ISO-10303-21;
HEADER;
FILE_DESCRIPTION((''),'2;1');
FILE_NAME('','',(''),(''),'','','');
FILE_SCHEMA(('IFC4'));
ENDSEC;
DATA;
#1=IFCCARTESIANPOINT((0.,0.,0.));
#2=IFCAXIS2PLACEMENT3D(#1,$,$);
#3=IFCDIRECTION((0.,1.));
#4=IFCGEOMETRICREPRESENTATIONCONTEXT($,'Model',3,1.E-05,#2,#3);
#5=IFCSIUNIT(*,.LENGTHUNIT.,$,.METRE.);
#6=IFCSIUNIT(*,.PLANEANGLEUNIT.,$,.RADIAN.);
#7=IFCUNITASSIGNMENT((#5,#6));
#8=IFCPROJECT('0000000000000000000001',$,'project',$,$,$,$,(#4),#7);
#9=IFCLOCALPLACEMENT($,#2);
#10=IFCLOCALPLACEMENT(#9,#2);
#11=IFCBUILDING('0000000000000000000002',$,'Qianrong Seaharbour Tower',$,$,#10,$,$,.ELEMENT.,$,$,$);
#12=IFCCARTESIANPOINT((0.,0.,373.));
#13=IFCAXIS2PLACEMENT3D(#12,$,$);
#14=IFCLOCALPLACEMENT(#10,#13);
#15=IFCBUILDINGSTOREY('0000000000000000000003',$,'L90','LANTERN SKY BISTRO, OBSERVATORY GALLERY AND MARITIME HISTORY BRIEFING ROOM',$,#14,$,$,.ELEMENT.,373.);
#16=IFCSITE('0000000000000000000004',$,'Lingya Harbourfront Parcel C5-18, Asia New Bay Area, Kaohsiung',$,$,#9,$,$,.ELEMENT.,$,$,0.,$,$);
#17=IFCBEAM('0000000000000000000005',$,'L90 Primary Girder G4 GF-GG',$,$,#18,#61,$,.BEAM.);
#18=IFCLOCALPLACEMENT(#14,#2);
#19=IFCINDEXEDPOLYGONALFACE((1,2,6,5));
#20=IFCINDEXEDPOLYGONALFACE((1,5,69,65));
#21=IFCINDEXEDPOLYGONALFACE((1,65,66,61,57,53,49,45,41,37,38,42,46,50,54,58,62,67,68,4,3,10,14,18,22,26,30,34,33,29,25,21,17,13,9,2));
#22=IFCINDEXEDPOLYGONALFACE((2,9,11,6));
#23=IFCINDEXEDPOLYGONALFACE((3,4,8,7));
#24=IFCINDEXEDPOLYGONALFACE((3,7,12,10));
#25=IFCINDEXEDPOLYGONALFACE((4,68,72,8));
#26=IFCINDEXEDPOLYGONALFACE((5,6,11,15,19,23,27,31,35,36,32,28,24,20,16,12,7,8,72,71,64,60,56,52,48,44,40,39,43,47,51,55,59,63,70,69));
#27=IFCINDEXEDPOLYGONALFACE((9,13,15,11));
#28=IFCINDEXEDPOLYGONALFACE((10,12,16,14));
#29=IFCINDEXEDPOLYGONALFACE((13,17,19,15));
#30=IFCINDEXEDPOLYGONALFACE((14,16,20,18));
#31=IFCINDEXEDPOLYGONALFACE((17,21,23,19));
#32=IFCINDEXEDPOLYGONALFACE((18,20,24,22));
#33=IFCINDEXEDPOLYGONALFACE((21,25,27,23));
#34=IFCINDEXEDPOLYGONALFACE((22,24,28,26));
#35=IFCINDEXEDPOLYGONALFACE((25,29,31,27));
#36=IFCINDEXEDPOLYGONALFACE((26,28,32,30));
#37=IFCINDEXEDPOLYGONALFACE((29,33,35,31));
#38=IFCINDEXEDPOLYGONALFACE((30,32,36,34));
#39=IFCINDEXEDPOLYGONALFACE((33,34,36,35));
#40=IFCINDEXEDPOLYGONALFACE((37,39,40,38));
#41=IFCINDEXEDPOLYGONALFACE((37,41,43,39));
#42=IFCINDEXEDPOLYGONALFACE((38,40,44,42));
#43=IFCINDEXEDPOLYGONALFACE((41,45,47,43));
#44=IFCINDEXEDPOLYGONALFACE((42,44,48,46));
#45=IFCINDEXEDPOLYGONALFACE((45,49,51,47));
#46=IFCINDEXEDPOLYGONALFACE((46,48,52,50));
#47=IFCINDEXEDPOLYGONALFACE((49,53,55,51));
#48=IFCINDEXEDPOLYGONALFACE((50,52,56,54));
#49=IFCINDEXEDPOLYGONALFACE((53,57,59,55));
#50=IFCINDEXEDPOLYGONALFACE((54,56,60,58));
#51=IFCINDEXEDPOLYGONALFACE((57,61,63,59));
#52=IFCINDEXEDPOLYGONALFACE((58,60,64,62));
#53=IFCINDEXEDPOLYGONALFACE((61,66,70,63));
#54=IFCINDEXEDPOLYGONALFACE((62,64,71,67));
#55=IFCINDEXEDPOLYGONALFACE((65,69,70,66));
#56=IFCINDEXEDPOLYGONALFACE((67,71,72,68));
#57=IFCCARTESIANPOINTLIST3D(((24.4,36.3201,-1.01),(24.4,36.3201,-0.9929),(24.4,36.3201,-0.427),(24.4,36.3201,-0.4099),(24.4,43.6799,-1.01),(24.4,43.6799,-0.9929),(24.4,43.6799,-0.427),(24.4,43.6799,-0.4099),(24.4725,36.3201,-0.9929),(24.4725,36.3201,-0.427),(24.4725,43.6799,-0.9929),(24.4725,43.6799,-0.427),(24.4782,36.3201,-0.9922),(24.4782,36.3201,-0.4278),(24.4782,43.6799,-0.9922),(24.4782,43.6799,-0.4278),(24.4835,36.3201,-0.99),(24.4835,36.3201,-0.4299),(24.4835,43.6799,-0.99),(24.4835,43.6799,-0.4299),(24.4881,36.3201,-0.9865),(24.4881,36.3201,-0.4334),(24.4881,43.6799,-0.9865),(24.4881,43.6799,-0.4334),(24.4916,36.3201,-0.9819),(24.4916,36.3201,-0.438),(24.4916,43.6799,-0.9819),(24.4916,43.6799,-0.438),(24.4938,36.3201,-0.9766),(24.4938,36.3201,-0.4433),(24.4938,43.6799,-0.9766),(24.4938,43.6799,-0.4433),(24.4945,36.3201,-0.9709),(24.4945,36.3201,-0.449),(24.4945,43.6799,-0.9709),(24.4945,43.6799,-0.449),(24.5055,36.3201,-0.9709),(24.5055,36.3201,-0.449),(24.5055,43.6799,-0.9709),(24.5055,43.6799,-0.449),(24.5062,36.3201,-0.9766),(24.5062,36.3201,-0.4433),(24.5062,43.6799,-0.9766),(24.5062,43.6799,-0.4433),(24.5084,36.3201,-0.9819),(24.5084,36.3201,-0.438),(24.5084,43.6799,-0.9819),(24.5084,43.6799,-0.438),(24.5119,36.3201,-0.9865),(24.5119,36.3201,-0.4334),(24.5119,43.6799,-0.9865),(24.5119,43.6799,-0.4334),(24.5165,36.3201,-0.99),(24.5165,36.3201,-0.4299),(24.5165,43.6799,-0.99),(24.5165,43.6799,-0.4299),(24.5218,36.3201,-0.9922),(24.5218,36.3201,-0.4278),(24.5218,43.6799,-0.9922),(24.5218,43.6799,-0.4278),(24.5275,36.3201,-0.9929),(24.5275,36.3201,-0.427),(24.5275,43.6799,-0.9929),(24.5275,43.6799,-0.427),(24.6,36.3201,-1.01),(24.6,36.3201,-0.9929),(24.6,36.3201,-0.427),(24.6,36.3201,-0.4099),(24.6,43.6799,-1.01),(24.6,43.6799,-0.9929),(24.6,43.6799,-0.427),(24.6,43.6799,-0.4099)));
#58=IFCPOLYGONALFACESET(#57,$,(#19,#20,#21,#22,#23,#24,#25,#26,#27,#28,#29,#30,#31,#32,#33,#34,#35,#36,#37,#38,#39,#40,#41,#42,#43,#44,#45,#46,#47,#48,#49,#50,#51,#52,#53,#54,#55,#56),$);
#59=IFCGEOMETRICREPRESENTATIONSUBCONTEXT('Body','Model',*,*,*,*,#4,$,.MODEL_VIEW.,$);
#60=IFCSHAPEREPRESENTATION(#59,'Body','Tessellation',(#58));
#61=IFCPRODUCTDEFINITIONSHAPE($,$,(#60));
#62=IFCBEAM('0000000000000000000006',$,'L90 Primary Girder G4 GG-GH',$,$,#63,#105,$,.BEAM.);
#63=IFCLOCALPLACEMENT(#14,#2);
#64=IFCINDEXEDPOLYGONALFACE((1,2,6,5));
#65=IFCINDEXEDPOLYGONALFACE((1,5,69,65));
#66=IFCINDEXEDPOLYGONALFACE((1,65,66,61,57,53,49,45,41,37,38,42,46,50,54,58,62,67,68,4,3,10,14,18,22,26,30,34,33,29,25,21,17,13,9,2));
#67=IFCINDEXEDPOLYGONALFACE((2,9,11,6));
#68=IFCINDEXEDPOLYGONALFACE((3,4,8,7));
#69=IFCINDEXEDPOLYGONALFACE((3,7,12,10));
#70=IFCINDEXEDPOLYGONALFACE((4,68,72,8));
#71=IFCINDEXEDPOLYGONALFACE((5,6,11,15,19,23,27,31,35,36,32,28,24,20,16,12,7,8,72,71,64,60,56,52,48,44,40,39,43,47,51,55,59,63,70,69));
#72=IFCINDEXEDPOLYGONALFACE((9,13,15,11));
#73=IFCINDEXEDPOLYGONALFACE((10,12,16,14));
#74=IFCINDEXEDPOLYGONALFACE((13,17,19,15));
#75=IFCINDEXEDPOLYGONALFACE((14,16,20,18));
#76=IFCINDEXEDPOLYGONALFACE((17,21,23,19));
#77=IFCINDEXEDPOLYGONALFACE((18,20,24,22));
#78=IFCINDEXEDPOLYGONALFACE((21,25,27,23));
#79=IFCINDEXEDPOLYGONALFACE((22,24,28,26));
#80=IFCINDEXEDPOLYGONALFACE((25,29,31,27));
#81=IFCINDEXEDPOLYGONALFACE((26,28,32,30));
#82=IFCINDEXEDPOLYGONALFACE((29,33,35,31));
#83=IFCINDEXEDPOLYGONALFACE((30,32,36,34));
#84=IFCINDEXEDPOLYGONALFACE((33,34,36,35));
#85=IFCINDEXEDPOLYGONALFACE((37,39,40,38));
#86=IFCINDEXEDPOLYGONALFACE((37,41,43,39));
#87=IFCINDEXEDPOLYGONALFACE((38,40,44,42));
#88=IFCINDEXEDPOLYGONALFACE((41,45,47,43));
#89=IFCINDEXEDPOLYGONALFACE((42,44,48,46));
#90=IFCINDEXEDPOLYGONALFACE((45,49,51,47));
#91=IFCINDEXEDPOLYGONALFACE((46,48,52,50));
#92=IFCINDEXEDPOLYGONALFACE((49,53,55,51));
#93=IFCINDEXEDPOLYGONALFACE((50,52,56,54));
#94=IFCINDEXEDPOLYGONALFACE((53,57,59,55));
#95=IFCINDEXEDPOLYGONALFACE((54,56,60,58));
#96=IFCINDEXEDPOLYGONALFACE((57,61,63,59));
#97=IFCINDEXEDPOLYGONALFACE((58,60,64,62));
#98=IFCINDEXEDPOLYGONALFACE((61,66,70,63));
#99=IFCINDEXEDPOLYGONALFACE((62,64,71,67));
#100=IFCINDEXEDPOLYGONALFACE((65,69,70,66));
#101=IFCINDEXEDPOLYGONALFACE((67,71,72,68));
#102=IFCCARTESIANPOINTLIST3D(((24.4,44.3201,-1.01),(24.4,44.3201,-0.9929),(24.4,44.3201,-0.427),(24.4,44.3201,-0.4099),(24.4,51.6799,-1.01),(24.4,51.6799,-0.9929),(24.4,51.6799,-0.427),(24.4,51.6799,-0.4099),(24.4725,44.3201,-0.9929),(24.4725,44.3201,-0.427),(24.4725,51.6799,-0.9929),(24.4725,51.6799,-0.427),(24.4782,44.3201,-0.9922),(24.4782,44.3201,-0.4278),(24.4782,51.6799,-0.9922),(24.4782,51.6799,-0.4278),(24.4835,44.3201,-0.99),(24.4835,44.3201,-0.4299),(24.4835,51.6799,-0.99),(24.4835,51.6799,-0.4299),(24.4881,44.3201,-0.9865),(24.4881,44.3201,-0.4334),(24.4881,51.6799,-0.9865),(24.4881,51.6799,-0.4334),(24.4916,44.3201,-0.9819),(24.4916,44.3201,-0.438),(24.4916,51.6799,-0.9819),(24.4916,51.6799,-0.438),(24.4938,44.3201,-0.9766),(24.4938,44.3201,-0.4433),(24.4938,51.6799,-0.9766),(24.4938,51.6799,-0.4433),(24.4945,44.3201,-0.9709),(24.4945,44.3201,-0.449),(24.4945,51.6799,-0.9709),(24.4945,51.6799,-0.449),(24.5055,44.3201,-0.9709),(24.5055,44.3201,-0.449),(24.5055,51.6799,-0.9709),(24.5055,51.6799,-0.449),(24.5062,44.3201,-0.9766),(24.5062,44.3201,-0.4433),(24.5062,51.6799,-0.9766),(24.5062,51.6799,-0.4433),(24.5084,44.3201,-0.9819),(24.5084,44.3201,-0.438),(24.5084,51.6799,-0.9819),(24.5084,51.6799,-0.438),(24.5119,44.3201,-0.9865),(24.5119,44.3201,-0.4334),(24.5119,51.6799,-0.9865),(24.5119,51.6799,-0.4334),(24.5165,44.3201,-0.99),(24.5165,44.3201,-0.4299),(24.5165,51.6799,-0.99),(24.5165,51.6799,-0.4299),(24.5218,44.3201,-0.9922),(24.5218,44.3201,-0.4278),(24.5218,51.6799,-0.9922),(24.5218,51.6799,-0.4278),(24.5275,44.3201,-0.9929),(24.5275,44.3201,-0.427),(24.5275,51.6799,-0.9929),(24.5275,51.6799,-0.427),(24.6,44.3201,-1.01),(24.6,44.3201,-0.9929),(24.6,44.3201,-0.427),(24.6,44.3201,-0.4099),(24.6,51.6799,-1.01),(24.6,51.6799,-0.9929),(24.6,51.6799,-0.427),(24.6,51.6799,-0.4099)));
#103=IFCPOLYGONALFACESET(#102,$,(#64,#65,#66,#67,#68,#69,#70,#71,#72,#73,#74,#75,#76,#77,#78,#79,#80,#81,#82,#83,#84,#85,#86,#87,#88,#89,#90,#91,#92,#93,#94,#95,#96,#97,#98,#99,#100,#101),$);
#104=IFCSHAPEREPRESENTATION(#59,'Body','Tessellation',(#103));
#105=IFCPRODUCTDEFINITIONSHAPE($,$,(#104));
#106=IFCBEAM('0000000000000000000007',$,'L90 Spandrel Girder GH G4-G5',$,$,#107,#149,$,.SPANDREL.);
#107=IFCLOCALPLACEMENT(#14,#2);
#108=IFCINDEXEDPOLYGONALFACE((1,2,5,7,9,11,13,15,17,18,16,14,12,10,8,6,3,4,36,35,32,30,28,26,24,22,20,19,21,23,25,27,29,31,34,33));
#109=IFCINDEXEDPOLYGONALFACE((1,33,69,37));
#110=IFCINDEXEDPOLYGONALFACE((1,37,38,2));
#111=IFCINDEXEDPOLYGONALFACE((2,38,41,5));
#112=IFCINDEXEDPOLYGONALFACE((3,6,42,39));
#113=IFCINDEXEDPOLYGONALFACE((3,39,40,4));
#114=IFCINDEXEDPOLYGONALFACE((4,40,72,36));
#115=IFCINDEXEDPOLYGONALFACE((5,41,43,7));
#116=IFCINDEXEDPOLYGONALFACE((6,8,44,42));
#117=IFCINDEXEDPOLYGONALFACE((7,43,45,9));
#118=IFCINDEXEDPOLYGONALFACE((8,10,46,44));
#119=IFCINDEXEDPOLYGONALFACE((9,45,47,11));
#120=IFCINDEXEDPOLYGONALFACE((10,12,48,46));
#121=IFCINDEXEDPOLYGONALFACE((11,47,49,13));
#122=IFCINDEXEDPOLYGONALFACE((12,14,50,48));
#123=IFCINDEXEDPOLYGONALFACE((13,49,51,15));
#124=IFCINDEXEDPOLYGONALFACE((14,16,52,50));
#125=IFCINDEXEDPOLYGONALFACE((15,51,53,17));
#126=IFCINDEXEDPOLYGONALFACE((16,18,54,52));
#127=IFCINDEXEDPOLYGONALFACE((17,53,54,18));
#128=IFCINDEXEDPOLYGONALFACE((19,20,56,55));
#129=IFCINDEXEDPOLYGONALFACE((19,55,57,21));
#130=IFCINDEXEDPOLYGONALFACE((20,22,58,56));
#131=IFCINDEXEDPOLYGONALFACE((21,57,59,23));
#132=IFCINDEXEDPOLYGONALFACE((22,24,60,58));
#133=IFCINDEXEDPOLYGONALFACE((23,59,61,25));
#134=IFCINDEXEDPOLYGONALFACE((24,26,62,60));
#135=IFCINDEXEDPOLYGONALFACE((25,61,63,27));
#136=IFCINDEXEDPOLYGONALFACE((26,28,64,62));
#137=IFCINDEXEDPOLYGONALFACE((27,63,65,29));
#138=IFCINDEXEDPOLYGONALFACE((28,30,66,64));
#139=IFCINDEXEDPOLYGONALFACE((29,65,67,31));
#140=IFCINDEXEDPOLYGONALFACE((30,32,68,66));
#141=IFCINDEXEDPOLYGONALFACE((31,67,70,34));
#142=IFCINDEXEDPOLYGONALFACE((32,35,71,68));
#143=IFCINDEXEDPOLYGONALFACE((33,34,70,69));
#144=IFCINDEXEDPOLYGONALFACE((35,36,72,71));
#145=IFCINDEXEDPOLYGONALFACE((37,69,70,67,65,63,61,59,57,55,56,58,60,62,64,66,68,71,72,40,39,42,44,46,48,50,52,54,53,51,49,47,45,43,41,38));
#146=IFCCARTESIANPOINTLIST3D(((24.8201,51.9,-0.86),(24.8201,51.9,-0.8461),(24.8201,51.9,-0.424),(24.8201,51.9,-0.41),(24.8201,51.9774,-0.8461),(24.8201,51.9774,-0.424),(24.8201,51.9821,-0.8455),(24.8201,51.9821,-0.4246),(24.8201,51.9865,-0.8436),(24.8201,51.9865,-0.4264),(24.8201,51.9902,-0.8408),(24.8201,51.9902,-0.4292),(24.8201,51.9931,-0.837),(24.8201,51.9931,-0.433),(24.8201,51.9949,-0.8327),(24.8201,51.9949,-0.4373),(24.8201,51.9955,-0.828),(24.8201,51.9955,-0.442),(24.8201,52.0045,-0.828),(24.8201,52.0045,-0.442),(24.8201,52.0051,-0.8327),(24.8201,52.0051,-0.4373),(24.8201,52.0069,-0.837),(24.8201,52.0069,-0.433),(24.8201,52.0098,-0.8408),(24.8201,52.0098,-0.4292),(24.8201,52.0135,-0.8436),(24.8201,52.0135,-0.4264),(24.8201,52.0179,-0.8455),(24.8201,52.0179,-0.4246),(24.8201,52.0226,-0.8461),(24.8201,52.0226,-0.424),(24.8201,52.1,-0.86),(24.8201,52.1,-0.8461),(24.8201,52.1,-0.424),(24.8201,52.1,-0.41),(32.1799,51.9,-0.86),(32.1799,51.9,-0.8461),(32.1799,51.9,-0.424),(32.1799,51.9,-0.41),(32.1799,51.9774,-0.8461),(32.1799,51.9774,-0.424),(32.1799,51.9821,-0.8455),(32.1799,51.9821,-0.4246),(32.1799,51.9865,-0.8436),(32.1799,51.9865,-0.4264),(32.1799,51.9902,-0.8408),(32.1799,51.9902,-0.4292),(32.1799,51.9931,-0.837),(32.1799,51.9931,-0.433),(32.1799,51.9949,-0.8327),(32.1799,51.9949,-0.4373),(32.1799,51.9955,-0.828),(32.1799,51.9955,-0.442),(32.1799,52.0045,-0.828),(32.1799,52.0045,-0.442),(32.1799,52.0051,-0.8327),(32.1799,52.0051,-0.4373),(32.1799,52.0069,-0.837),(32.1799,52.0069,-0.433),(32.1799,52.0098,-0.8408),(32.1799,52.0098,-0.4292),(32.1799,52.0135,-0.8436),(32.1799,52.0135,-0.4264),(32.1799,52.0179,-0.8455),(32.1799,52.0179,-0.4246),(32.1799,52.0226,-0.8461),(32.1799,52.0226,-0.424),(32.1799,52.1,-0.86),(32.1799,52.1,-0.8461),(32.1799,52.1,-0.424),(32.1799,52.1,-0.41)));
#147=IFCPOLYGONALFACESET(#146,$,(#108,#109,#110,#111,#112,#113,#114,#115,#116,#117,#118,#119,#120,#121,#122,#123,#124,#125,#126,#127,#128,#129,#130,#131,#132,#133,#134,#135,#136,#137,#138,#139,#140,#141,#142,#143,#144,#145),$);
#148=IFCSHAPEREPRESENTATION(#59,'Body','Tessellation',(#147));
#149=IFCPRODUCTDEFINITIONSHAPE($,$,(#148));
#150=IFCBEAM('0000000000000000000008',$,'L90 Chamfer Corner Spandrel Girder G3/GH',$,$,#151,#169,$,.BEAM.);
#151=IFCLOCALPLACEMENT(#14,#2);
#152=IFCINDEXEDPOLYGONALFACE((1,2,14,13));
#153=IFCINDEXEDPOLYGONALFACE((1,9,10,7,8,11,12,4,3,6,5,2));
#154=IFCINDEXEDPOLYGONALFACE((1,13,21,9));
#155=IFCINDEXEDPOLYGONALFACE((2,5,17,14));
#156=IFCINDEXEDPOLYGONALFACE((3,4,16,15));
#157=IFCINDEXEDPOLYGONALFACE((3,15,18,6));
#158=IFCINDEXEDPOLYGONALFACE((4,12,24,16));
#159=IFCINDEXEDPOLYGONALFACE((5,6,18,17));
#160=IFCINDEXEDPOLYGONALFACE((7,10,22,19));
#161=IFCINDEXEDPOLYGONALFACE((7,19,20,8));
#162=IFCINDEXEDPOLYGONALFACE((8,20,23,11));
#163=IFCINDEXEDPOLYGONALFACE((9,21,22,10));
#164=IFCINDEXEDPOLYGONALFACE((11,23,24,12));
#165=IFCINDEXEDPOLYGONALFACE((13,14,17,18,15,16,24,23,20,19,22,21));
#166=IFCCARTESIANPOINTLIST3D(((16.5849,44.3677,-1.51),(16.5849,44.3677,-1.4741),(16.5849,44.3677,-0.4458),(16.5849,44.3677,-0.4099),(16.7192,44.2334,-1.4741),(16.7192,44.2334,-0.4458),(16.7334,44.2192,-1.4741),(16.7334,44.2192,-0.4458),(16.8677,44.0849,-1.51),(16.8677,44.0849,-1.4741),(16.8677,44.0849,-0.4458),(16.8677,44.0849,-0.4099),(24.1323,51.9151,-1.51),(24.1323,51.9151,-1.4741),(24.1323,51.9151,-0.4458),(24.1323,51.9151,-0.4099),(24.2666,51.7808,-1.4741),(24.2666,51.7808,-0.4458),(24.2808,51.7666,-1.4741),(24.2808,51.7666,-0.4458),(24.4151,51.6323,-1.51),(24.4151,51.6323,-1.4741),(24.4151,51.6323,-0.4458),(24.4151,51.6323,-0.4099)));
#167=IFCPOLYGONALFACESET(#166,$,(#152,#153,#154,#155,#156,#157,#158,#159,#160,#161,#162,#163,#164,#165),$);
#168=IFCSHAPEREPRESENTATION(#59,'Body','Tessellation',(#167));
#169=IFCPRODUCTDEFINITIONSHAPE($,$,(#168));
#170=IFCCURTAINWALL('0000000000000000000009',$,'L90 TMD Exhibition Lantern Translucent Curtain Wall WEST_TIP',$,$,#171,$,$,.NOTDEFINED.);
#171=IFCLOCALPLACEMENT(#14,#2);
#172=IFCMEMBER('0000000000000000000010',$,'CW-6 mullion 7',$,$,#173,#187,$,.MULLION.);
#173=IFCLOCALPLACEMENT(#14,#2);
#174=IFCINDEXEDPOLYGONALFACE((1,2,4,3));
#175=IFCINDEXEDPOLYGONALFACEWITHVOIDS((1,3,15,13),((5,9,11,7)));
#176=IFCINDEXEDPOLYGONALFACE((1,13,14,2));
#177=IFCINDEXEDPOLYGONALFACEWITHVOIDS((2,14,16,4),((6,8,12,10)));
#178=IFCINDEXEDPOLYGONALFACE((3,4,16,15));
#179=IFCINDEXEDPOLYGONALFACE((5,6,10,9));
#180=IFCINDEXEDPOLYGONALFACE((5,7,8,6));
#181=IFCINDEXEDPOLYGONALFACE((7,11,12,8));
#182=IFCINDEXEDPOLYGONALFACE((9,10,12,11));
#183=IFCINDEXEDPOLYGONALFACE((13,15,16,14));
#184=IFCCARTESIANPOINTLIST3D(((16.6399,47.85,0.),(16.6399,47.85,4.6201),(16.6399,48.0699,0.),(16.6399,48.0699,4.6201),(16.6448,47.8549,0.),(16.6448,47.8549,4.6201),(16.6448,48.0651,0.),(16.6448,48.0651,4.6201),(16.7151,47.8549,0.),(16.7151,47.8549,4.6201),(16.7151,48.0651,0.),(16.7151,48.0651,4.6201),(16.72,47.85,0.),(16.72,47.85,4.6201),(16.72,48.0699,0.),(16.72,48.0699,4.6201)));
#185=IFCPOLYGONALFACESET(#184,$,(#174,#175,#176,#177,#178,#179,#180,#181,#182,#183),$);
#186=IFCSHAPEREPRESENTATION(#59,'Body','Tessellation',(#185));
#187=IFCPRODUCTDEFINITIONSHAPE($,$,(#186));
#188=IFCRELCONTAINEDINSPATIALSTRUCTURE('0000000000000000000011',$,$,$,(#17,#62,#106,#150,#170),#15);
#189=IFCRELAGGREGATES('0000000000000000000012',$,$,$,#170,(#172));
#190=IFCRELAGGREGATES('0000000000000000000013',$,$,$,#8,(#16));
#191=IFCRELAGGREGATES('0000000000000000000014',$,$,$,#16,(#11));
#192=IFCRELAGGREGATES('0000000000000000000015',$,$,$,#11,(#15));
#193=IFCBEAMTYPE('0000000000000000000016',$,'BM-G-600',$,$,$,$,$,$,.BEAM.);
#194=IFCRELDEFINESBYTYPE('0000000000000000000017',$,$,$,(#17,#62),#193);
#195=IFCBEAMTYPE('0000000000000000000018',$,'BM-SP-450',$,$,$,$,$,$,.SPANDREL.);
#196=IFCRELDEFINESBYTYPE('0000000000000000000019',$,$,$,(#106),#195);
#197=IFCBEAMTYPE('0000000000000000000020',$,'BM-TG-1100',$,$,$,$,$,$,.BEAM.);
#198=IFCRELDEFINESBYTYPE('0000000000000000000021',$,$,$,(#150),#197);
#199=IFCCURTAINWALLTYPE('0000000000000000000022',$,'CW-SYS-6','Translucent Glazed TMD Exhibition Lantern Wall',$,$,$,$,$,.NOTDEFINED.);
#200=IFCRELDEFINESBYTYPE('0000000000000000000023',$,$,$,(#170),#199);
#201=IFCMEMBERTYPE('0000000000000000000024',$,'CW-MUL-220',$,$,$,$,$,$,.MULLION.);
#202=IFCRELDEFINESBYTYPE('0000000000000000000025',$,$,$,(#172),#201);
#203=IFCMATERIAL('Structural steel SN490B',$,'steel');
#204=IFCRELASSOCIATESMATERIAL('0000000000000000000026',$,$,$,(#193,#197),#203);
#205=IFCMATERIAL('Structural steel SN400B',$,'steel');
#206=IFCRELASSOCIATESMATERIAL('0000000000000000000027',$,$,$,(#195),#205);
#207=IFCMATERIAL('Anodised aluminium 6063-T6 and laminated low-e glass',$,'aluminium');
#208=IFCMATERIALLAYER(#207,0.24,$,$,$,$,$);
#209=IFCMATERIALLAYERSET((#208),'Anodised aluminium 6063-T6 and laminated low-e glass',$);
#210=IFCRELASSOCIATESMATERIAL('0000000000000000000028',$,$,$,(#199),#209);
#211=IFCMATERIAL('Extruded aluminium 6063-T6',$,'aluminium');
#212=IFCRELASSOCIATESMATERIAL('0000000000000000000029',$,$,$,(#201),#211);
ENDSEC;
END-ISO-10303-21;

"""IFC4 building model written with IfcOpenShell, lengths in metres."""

from ifc_helpers import new_model, si_unit, direction, frame, origin, origin_2d, place, context, subcontext, project, spatial, hollow_rectangle, i_section, extrude, material, layer, layer_set, material_profile, profile_set, type_object, element, aggregate, save


model = new_model("IFC4")

# Units and contexts
model_context = context("Model", 3, precision=1e-05, world=origin(), true_north=direction((0.0, 1.0)))
body_context = subcontext(model_context, "Body", "Model", "MODEL_VIEW")
ifc_project = project(units=[si_unit("LENGTHUNIT", "METRE"), si_unit("PLANEANGLEUNIT", "RADIAN")], contexts=[model_context])

# Site, building, storey
site_placement = place(None, origin())
site = spatial("IfcSite", under=ifc_project, at=site_placement, Name="Lingya Harbourfront Parcel C5-18, Asia New Bay Area, Kaohsiung", CompositionType="ELEMENT", RefElevation=0.0)
building_placement = place(site_placement, origin())
building = spatial("IfcBuilding", under=site, at=building_placement, Name="Qianrong Seaharbour Tower", CompositionType="ELEMENT")
storey_placement = place(building_placement, frame((0.0, 0.0, 373.0)))
storey = spatial("IfcBuildingStorey", under=building, at=storey_placement, Name="L90", Description="LANTERN SKY BISTRO, OBSERVATORY GALLERY AND MARITIME HISTORY BRIEFING ROOM", CompositionType="ELEMENT", Elevation=373.0)

# Shared definitions
ifc_material_1 = material(Name="Structural steel SN400B", Category="steel")

# Beams
ifc_material_2 = material(Name="Structural steel SN490B", Category="steel")
ifc_material_profile_1 = material_profile(ifc_material_2, i_section(OverallWidth=0.2, OverallDepth=0.6001, WebThickness=0.011, FlangeThickness=0.0171, FilletRadius=0.022, at=origin_2d()), Name="H600x200x11x17")
ifc_profile_set_1 = profile_set([ifc_material_profile_1], Name="Structural steel SN490B")
beam_type_1 = type_object("IfcBeamType", Name="BM-G-600", PredefinedType="BEAM", material=ifc_profile_set_1)
for number, where, z_axis, x_axis, name in (
    (1, (24.5, 36.3201, -0.71), (0.0, 1.0, 0.0), (-1.0, 0.0, 0.0), "L90 Primary Girder G4 GF-GG"),
    (2, (24.5, 44.3201, -0.71), (0.0, 1.0, 0.0), (-1.0, 0.0, 0.0), "L90 Primary Girder G4 GG-GH"),
):
    element("IfcBeam", number, at=place(storey_placement, frame(where, z_axis=z_axis, x_axis=x_axis)), inside=storey, type_object=beam_type_1, Name=name, PredefinedType="BEAM", context=body_context, shape_type="SweptSolid", body=[
        extrude(i_section(OverallWidth=0.2, OverallDepth=0.6001, WebThickness=0.011, FlangeThickness=0.0171, FilletRadius=0.022, at=origin_2d()), origin(), (0.0, 0.0, 1.0), 7.3599),
    ])
ifc_material_profile_2 = material_profile(ifc_material_1, i_section(OverallWidth=0.2, OverallDepth=0.45, WebThickness=0.009, FlangeThickness=0.0139, FilletRadius=0.0181, at=origin_2d()), Name="H450x200x9x14")
ifc_profile_set_2 = profile_set([ifc_material_profile_2], Name="Structural steel SN400B")
beam_type_2 = type_object("IfcBeamType", Name="BM-SP-450", PredefinedType="SPANDREL", material=ifc_profile_set_2)
beam_1_placement = place(storey_placement, frame((24.8201, 52.0, -0.635), z_axis=(1.0, 0.0, 0.0), x_axis=(0.0, 1.0, 0.0)))
element("IfcBeam", 3, at=beam_1_placement, inside=storey, type_object=beam_type_2, Name="L90 Spandrel Girder GH G4-G5", PredefinedType="SPANDREL", context=body_context, shape_type="SweptSolid", body=[
    extrude(i_section(OverallWidth=0.2, OverallDepth=0.45, WebThickness=0.009, FlangeThickness=0.0139, FilletRadius=0.0181, at=origin_2d()), origin(), (0.0, 0.0, 1.0), 7.3599),
])
ifc_material_profile_3 = material_profile(ifc_material_2, i_section(OverallWidth=0.3999, OverallDepth=1.1001, WebThickness=0.02, FlangeThickness=0.0359, at=origin_2d()), Name="BH1100x400x20x36")
ifc_profile_set_3 = profile_set([ifc_material_profile_3], Name="Structural steel SN490B")
beam_type_3 = type_object("IfcBeamType", Name="BM-TG-1100", PredefinedType="BEAM", material=ifc_profile_set_3)
beam_2_placement = place(storey_placement, frame((24.2737, 51.7737, -0.96), z_axis=(-0.707107, -0.707107, 0.0), x_axis=(0.707107, -0.707107, 0.0)))
element("IfcBeam", 4, at=beam_2_placement, inside=storey, type_object=beam_type_3, Name="L90 Chamfer Corner Spandrel Girder G3/GH", PredefinedType="BEAM", context=body_context, shape_type="SweptSolid", body=[
    extrude(i_section(OverallWidth=0.3999, OverallDepth=1.1001, WebThickness=0.02, FlangeThickness=0.0359, at=origin_2d()), origin(), (0.0, 0.0, 1.0), 10.6736),
])

# Curtain wall, member
ifc_material_3 = material(Name="Anodised aluminium 6063-T6 and laminated low-e glass", Category="aluminium")
ifc_layer_1 = layer(ifc_material_3, 0.24)
ifc_layer_set_1 = layer_set([ifc_layer_1], Name="Anodised aluminium 6063-T6 and laminated low-e glass")
curtain_wall_type = type_object("IfcCurtainWallType", Name="CW-SYS-6", Description="Translucent Glazed TMD Exhibition Lantern Wall", PredefinedType="NOTDEFINED", material=ifc_layer_set_1)
curtain_wall_placement = place(storey_placement, origin())
curtain_wall = element("IfcCurtainWall", 5, at=curtain_wall_placement, inside=storey, type_object=curtain_wall_type, Name="L90 TMD Exhibition Lantern Translucent Curtain Wall WEST_TIP", PredefinedType="NOTDEFINED")
ifc_material_4 = material(Name="Extruded aluminium 6063-T6", Category="aluminium")
ifc_material_profile_4 = material_profile(ifc_material_4, hollow_rectangle(XDim=0.0801, YDim=0.22, WallThickness=0.0049, at=origin_2d()), Name="ALU-MUL-220x80x5")
ifc_profile_set_4 = profile_set([ifc_material_profile_4], Name="Extruded aluminium 6063-T6")
member_type = type_object("IfcMemberType", Name="CW-MUL-220", PredefinedType="MULLION", material=ifc_profile_set_4)
member_placement = place(storey_placement, frame((16.6799, 47.96, 0.0), z_axis=(0.0, 0.0, 1.0), x_axis=(-1.0, 0.0, 0.0)))
member = element("IfcMember", 6, at=member_placement, type_object=member_type, Name="CW-6 mullion 7", PredefinedType="MULLION", context=body_context, shape_type="SweptSolid", body=[
    extrude(hollow_rectangle(XDim=0.0801, YDim=0.22, WallThickness=0.0049, at=origin_2d()), origin(), (0.0, 0.0, 1.0), 4.6201),
])
aggregate(curtain_wall, [member])

save(model, "model.ifc")
